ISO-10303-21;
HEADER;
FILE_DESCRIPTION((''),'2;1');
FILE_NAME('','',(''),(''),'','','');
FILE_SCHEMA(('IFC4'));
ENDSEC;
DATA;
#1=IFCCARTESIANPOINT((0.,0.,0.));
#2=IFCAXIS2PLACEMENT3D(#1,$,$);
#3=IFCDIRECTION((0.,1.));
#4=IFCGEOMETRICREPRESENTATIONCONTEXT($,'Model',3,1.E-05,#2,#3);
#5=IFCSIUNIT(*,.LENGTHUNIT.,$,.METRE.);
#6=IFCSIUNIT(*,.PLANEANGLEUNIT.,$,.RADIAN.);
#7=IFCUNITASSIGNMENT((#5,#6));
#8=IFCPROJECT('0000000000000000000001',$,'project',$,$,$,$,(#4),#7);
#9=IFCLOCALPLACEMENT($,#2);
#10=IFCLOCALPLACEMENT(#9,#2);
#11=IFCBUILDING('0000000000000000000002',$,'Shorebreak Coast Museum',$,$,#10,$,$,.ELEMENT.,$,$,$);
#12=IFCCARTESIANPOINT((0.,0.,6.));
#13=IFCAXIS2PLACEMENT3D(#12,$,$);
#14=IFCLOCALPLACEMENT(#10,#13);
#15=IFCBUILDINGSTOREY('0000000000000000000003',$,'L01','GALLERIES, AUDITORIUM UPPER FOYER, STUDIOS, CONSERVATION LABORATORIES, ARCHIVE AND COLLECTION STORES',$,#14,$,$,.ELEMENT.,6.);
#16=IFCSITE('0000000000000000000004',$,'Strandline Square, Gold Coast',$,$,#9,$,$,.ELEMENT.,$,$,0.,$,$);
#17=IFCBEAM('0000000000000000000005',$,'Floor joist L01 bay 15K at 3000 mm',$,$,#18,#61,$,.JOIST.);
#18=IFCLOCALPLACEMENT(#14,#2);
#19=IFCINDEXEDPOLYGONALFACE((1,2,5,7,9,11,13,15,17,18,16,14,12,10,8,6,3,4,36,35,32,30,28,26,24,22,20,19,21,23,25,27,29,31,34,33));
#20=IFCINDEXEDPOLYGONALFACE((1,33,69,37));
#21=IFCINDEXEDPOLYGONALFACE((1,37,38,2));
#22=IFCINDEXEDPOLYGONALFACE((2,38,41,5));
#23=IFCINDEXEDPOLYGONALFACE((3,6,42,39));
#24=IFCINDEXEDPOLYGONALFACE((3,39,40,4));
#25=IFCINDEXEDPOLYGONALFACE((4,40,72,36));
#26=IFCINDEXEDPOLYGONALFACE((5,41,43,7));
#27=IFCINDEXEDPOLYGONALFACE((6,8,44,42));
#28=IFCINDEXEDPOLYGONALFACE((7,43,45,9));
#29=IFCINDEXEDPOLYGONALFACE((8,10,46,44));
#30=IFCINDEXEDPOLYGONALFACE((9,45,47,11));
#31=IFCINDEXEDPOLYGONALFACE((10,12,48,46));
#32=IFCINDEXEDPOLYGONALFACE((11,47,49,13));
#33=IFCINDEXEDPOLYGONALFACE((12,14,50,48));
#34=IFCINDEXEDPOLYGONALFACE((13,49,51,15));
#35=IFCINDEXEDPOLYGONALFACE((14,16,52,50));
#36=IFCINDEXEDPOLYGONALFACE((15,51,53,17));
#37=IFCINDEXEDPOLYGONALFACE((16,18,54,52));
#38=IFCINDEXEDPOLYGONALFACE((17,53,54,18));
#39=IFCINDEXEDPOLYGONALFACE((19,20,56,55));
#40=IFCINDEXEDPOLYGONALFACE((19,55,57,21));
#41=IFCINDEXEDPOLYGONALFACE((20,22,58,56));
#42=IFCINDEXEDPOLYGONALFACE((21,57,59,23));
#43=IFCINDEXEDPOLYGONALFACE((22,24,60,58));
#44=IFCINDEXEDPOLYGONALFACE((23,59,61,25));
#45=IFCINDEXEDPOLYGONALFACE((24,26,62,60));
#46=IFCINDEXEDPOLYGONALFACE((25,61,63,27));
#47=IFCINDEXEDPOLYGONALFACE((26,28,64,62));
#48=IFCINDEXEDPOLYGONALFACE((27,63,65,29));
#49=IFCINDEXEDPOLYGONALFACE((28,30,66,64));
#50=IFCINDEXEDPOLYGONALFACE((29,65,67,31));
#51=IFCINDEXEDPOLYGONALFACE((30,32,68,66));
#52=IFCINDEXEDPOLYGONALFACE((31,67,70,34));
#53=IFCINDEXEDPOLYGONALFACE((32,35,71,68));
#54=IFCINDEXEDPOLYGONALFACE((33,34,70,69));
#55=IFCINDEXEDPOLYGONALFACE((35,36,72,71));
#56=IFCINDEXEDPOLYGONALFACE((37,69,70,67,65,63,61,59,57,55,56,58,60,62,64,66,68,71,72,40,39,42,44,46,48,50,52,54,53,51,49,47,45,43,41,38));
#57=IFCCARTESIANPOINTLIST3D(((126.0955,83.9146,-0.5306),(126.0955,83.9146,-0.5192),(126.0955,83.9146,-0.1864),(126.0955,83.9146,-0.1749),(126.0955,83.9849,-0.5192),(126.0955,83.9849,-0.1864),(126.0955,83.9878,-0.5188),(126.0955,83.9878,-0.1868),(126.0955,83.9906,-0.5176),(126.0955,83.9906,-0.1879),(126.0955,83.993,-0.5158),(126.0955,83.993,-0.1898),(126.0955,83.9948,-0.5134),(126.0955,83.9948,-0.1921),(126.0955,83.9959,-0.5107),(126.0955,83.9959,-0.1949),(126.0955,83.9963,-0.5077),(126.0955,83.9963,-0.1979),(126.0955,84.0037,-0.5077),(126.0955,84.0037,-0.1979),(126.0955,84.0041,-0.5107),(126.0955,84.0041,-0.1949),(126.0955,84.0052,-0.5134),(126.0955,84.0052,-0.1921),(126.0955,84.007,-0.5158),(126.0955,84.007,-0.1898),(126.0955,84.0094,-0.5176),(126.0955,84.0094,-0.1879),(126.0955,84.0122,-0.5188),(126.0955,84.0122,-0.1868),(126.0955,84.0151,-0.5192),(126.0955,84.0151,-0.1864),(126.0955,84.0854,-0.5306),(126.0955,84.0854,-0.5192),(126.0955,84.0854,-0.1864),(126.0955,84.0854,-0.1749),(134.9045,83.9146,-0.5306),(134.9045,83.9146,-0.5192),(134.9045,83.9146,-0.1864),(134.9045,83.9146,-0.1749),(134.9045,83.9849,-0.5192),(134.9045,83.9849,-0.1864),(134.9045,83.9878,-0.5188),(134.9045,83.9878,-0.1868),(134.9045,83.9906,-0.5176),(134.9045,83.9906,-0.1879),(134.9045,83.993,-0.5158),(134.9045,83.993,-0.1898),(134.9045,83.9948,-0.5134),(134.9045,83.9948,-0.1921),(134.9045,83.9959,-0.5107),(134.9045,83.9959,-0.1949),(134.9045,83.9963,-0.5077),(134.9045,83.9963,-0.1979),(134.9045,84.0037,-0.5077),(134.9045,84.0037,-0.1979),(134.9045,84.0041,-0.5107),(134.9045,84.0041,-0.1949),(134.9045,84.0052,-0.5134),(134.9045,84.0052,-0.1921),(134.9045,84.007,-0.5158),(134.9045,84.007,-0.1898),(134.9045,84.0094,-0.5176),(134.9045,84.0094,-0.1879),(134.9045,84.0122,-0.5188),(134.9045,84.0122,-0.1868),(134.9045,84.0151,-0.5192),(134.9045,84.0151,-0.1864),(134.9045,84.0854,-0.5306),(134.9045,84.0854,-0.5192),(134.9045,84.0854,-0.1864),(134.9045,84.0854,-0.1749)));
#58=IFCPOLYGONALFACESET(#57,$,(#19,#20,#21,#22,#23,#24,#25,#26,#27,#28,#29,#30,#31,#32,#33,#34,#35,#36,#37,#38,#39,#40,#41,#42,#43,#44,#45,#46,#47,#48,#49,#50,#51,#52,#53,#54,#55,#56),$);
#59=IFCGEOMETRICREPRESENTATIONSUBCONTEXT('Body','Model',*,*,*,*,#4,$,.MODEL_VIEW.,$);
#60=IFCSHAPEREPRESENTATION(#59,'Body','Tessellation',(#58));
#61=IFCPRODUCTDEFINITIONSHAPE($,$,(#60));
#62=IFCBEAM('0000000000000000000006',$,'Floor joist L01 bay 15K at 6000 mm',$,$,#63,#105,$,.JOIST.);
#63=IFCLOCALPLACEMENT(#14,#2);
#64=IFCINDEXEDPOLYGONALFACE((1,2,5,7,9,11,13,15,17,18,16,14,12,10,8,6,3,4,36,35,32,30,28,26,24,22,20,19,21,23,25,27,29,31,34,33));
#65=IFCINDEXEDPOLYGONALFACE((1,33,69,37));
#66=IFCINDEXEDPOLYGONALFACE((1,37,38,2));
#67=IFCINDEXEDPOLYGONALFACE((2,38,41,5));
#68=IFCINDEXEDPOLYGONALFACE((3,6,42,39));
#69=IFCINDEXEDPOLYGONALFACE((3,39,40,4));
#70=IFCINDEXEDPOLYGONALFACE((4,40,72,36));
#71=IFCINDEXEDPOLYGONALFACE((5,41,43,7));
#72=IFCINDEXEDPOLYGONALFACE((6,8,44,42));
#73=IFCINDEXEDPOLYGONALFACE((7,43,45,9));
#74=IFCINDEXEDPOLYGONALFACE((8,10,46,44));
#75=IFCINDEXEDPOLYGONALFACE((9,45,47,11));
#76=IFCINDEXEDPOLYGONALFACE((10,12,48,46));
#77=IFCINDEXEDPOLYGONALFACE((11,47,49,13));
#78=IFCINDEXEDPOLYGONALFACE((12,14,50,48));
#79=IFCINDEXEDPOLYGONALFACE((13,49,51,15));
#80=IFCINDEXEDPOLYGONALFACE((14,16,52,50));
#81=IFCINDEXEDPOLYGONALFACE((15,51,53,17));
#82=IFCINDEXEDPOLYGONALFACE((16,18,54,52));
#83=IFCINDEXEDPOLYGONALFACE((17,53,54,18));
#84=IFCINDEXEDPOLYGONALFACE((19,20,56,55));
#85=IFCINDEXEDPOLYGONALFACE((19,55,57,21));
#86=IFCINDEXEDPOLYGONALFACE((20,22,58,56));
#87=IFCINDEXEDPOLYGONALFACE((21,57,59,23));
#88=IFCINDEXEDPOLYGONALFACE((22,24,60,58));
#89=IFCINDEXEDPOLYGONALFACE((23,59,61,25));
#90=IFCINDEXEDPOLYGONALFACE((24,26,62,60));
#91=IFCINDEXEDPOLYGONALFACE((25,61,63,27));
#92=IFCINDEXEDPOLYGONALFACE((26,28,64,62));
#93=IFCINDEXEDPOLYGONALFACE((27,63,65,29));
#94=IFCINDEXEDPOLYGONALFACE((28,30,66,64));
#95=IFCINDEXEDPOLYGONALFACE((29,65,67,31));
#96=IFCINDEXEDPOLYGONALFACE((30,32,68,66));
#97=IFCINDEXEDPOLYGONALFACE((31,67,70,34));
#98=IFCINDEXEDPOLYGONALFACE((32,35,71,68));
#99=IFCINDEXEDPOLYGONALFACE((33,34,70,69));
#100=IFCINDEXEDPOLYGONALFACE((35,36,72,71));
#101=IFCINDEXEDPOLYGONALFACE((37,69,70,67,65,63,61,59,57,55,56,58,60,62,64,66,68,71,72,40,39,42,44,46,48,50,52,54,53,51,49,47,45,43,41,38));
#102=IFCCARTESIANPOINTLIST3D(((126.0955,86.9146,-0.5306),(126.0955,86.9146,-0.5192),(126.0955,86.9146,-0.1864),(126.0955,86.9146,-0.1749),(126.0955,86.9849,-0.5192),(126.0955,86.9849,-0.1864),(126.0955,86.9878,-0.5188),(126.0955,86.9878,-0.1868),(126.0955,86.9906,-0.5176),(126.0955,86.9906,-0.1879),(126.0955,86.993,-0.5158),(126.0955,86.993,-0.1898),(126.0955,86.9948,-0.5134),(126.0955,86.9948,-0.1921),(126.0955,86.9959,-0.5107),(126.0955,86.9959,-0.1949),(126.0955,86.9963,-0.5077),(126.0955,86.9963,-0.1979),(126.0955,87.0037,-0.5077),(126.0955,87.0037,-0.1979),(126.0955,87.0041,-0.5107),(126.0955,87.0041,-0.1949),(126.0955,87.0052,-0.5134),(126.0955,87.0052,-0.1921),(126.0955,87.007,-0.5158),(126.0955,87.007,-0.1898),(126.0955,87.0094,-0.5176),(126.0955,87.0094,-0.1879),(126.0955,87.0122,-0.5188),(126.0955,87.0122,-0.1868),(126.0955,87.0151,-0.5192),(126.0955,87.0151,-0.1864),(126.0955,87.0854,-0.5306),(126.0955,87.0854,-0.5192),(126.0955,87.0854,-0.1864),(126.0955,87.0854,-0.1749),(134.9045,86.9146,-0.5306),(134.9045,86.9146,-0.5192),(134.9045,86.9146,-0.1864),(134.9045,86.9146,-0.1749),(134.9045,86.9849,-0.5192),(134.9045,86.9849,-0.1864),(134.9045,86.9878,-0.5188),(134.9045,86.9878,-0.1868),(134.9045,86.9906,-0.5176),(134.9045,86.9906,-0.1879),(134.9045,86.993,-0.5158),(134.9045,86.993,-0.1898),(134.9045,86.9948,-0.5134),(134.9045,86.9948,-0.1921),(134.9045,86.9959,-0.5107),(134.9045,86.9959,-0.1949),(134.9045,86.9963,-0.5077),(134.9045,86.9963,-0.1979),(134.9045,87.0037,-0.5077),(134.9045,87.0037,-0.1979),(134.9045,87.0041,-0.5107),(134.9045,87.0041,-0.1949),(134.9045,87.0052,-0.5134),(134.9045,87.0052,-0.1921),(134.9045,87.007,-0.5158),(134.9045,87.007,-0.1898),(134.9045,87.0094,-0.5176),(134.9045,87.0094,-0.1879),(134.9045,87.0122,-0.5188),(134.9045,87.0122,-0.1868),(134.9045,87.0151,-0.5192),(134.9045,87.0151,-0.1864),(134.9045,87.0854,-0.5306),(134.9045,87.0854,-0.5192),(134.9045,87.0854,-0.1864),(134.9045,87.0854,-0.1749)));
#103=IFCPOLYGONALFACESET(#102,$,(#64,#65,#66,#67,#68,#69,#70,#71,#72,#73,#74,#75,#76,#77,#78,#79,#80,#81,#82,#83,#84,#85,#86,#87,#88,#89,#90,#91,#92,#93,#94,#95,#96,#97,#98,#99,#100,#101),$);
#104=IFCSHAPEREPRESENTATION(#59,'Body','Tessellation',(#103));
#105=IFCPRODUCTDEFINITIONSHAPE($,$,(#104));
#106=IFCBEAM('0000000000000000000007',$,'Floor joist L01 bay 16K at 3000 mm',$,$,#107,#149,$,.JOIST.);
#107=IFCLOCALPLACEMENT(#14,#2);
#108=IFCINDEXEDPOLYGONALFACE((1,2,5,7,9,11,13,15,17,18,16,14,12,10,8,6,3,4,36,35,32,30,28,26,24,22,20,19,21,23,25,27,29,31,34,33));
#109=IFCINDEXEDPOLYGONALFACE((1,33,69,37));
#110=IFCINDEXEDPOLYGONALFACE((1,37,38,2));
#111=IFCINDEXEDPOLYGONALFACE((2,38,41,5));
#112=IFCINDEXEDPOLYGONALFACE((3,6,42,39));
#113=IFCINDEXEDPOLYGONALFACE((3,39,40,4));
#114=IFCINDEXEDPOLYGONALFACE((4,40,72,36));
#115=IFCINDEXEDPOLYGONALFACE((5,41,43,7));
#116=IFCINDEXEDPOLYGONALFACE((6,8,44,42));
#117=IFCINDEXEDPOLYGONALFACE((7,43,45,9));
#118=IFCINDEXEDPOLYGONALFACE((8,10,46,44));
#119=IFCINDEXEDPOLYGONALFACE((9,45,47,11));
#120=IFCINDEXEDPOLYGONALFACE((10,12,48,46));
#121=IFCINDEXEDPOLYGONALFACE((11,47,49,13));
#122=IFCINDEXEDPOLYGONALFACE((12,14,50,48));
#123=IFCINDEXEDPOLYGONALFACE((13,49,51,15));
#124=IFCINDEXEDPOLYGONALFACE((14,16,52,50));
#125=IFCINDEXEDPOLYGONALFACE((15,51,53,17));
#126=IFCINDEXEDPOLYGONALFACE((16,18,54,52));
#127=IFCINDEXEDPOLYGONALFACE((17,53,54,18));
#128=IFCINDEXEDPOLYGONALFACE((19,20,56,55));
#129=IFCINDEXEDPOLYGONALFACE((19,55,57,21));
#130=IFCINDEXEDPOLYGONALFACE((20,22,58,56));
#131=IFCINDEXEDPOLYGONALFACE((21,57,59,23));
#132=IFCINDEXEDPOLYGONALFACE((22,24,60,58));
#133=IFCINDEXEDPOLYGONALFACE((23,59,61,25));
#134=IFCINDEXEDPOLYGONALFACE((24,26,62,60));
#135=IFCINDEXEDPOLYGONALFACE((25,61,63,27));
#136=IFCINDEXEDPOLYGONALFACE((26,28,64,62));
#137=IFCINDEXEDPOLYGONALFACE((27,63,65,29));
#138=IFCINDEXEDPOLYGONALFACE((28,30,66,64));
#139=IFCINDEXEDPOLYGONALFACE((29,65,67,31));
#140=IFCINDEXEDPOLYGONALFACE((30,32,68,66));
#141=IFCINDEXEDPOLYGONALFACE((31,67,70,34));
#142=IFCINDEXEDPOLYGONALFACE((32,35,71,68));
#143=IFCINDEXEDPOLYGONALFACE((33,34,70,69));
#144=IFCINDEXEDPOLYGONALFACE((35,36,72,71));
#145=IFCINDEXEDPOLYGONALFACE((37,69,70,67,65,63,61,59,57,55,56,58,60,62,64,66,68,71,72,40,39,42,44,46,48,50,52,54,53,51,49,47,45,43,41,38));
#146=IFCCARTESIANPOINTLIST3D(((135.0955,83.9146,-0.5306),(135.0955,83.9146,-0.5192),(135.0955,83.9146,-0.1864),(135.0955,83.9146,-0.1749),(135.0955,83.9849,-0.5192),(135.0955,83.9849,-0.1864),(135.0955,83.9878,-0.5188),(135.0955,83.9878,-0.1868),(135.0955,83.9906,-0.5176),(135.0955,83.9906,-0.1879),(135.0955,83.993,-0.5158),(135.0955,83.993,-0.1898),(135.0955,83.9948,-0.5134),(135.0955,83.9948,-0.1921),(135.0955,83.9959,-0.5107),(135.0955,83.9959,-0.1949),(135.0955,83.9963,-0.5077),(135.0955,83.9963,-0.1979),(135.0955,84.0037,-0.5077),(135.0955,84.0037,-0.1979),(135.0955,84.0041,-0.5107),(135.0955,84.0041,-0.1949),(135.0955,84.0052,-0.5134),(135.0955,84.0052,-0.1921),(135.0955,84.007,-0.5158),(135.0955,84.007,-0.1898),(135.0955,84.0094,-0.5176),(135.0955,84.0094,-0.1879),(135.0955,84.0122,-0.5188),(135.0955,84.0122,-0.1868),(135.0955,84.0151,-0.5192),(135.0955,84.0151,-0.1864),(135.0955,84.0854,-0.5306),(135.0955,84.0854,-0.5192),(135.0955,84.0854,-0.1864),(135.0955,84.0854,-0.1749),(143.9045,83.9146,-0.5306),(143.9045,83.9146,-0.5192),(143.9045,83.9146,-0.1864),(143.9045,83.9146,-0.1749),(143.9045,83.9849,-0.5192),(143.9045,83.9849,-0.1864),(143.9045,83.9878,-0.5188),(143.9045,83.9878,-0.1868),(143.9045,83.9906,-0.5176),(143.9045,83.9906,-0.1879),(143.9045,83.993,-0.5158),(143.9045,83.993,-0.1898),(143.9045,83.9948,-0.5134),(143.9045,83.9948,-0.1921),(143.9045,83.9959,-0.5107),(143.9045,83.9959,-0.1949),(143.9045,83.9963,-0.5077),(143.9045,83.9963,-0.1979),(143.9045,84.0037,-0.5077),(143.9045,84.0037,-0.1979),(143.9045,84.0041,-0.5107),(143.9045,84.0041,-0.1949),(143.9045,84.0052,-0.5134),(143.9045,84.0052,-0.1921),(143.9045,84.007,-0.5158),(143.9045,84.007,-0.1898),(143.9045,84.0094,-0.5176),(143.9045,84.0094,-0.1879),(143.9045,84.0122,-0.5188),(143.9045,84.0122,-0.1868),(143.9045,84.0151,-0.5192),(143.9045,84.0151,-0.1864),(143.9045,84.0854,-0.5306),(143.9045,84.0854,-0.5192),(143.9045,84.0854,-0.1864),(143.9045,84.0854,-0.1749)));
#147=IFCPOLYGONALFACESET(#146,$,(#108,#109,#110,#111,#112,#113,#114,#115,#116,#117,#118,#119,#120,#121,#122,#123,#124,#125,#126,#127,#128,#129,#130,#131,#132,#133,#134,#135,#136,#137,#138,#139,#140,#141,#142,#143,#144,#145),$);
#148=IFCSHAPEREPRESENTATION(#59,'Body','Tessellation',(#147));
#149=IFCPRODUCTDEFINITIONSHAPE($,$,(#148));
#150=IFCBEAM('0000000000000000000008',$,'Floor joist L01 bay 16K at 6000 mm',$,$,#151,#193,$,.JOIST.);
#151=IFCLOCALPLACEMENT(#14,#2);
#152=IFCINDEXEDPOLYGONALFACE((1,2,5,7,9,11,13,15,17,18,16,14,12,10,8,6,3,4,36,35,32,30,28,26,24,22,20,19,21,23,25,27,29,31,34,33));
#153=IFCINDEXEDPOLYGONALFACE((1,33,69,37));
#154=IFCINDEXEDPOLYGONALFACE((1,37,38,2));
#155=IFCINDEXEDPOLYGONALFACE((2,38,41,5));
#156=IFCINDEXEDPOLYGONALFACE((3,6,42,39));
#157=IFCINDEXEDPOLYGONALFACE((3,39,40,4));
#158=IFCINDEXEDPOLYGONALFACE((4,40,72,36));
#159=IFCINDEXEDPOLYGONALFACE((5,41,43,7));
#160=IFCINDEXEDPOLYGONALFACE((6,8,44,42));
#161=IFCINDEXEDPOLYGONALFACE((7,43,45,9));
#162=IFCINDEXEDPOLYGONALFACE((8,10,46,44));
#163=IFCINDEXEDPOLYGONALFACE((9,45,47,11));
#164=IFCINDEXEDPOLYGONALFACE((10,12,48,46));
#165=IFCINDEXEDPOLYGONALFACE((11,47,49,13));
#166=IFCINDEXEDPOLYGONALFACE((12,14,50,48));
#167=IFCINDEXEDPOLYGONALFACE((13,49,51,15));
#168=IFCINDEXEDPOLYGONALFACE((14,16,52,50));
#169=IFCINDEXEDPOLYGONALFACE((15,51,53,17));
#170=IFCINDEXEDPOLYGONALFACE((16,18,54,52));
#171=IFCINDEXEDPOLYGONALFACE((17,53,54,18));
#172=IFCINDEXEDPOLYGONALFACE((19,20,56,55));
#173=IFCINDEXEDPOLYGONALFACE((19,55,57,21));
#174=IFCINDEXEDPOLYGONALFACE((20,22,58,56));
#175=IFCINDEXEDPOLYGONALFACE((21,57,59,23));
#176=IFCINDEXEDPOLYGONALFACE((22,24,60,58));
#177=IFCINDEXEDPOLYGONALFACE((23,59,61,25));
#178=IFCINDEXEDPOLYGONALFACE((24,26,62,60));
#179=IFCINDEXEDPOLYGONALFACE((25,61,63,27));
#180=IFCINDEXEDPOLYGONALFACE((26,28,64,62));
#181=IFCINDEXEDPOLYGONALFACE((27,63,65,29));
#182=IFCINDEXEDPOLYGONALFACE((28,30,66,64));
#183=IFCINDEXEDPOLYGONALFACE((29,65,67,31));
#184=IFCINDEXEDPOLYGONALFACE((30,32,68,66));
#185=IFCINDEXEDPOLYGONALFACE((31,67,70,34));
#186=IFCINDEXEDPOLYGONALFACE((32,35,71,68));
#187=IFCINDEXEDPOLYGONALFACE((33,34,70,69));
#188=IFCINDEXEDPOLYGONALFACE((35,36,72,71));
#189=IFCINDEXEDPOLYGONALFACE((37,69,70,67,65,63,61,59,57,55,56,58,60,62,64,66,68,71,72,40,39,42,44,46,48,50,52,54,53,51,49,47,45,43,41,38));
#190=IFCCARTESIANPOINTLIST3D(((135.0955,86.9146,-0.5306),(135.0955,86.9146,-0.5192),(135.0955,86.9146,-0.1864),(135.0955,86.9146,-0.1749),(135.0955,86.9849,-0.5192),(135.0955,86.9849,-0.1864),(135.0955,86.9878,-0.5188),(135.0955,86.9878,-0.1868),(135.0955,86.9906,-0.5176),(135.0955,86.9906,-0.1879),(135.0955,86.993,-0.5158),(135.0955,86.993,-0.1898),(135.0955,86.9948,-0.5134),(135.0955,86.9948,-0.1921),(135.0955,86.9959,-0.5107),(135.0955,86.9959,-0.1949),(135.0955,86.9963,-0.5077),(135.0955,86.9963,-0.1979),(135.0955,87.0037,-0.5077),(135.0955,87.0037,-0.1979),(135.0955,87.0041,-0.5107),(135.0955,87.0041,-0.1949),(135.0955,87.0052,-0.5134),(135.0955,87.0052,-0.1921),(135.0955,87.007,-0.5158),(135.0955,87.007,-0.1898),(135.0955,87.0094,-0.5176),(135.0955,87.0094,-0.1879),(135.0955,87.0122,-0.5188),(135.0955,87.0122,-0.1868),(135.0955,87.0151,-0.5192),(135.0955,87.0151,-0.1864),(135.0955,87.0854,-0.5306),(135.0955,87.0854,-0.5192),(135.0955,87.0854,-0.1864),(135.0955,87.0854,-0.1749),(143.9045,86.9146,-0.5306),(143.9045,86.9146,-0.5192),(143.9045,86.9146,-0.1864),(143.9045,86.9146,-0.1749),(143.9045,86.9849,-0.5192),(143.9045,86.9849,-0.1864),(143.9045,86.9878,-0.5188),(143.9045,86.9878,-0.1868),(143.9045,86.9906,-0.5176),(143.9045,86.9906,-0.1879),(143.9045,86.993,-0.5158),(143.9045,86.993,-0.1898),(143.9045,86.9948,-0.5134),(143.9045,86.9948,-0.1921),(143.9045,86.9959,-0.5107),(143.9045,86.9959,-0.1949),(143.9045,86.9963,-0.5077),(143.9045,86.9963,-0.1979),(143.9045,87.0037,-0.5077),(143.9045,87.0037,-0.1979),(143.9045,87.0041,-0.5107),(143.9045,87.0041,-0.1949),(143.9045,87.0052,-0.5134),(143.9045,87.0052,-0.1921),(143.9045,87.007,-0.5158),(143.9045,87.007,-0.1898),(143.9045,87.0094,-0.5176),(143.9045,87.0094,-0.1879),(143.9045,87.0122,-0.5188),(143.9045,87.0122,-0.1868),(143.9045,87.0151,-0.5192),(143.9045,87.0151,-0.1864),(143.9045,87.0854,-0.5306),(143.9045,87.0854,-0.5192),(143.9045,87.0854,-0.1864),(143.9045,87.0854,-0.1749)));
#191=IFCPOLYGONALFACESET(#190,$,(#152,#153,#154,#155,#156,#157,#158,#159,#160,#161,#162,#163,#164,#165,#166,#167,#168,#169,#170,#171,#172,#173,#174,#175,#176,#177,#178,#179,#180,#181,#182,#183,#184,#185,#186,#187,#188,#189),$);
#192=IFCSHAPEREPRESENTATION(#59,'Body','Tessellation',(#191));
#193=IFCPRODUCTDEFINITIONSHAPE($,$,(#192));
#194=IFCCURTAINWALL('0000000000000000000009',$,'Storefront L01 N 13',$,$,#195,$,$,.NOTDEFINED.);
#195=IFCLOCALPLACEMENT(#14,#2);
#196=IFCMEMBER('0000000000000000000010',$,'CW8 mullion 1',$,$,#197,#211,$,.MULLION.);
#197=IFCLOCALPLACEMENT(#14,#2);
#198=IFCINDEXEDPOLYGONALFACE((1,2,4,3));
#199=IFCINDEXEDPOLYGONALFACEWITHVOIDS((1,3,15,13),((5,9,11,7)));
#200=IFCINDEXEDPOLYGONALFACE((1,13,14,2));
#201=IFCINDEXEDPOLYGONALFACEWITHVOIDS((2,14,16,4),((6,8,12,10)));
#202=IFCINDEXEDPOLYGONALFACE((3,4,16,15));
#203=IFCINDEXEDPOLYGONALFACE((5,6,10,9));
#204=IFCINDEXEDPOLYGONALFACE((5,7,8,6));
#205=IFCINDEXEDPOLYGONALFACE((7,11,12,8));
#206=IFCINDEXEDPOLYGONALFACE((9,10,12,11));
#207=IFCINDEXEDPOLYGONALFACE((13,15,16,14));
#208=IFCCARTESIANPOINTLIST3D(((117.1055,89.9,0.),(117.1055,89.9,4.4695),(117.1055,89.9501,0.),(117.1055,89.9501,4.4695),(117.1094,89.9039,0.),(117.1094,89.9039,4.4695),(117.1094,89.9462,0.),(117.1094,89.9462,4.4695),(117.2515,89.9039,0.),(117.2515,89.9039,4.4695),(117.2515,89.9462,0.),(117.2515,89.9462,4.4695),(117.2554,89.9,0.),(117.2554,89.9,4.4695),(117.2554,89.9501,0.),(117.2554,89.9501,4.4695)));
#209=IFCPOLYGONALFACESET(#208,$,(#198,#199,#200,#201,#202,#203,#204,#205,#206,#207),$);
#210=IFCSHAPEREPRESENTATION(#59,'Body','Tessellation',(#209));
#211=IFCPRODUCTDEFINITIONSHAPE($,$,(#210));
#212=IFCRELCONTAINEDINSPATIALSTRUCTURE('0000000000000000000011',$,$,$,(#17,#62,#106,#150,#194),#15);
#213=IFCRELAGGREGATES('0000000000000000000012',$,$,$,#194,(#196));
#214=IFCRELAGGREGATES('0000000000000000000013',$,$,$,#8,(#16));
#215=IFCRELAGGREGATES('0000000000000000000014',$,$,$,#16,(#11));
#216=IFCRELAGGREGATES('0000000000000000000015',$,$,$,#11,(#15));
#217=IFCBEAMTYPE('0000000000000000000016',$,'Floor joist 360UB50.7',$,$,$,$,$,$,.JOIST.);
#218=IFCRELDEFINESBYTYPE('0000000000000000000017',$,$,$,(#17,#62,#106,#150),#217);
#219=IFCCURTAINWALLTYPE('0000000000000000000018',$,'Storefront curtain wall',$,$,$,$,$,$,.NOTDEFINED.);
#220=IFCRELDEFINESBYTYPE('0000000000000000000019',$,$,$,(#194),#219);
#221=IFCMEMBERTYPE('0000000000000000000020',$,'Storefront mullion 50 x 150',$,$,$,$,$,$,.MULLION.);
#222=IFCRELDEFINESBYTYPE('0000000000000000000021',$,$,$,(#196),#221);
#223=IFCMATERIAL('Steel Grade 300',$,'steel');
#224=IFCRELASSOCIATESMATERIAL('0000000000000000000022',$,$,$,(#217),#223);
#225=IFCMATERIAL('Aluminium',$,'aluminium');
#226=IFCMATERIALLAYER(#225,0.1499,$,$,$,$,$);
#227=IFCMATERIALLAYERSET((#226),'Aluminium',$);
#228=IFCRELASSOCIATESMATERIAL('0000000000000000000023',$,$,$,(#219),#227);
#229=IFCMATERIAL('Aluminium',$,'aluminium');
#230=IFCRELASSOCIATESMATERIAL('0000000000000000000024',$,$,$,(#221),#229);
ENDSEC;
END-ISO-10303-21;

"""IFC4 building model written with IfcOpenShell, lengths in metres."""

from ifc_helpers import new_model, si_unit, direction, frame, origin, origin_2d, place, context, subcontext, project, spatial, hollow_rectangle, i_section, extrude, material, layer, layer_set, material_profile, profile_set, type_object, element, aggregate, save


model = new_model("IFC4")

# Units and contexts
model_context = context("Model", 3, precision=1e-05, world=origin(), true_north=direction((0.0, 1.0)))
body_context = subcontext(model_context, "Body", "Model", "MODEL_VIEW")
ifc_project = project(units=[si_unit("LENGTHUNIT", "METRE"), si_unit("PLANEANGLEUNIT", "RADIAN")], contexts=[model_context])

# Site, building, storey
site_placement = place(None, origin())
site = spatial("IfcSite", under=ifc_project, at=site_placement, Name="Strandline Square, Gold Coast", CompositionType="ELEMENT", RefElevation=0.0)
building_placement = place(site_placement, origin())
building = spatial("IfcBuilding", under=site, at=building_placement, Name="Shorebreak Coast Museum", CompositionType="ELEMENT")
storey_placement = place(building_placement, frame((0.0, 0.0, 6.0)))
storey = spatial("IfcBuildingStorey", under=building, at=storey_placement, Name="L01", Description="GALLERIES, AUDITORIUM UPPER FOYER, STUDIOS, CONSERVATION LABORATORIES, ARCHIVE AND COLLECTION STORES", CompositionType="ELEMENT", Elevation=6.0)

# Beams
ifc_material_1 = material(Name="Steel Grade 300", Category="steel")
ifc_material_profile_1 = material_profile(ifc_material_1, i_section(OverallWidth=0.1709, OverallDepth=0.3557, WebThickness=0.0073, FlangeThickness=0.0115, FilletRadius=0.0115, at=origin_2d()), Name="360UB50.7")
ifc_profile_set_1 = profile_set([ifc_material_profile_1], Name="Steel Grade 300")
beam_type_1 = type_object("IfcBeamType", Name="Floor joist 360UB50.7", PredefinedType="JOIST", material=ifc_profile_set_1)
for number, where, z_axis, x_axis, name in (
    (1, (126.0955, 84.0, -0.3528), (1.0, 0.0, 0.0), (0.0, 1.0, 0.0), "Floor joist L01 bay 15K at 3000 mm"),
    (2, (126.0955, 87.0, -0.3528), (1.0, 0.0, 0.0), (0.0, 1.0, 0.0), "Floor joist L01 bay 15K at 6000 mm"),
    (3, (135.0955, 84.0, -0.3528), (1.0, 0.0, 0.0), (0.0, 1.0, 0.0), "Floor joist L01 bay 16K at 3000 mm"),
    (4, (135.0955, 87.0, -0.3528), (1.0, 0.0, 0.0), (0.0, 1.0, 0.0), "Floor joist L01 bay 16K at 6000 mm"),
):
    element("IfcBeam", number, at=place(storey_placement, frame(where, z_axis=z_axis, x_axis=x_axis)), inside=storey, type_object=beam_type_1, Name=name, PredefinedType="JOIST", context=body_context, shape_type="SweptSolid", body=[
        extrude(i_section(OverallWidth=0.1709, OverallDepth=0.3557, WebThickness=0.0073, FlangeThickness=0.0115, FilletRadius=0.0115, at=origin_2d()), origin(), (0.0, 0.0, 1.0), 8.8091),
    ])

# Curtain wall, member
ifc_material_2 = material(Name="Aluminium", Category="aluminium")
ifc_layer_1 = layer(ifc_material_2, 0.1499)
ifc_layer_set_1 = layer_set([ifc_layer_1], Name="Aluminium")
curtain_wall_type = type_object("IfcCurtainWallType", Name="Storefront curtain wall", PredefinedType="NOTDEFINED", material=ifc_layer_set_1)
curtain_wall_placement = place(storey_placement, origin())
curtain_wall = element("IfcCurtainWall", 5, at=curtain_wall_placement, inside=storey, type_object=curtain_wall_type, Name="Storefront L01 N 13", PredefinedType="NOTDEFINED")
ifc_material_3 = material(Name="Aluminium", Category="aluminium")
ifc_material_profile_2 = material_profile(ifc_material_3, hollow_rectangle(XDim=0.05, YDim=0.1499, WallThickness=0.0039, at=origin_2d()), Name="AL 150x50 RHS")
ifc_profile_set_2 = profile_set([ifc_material_profile_2], Name="Aluminium")
member_type_1 = type_object("IfcMemberType", Name="Storefront mullion 50 x 150", PredefinedType="MULLION", material=ifc_profile_set_2)
member_1_placement = place(storey_placement, frame((117.1804, 89.925, 0.0), z_axis=(0.0, 0.0, 1.0), x_axis=(0.0, 1.0, 0.0)))
member_1 = element("IfcMember", 6, at=member_1_placement, type_object=member_type_1, Name="CW8 mullion 1", PredefinedType="MULLION", context=body_context, shape_type="SweptSolid", body=[
    extrude(hollow_rectangle(XDim=0.05, YDim=0.1499, WallThickness=0.0039, at=origin_2d()), origin(), (0.0, 0.0, 1.0), 4.4695),
])
aggregate(curtain_wall, [member_1])

save(model, "model.ifc")
